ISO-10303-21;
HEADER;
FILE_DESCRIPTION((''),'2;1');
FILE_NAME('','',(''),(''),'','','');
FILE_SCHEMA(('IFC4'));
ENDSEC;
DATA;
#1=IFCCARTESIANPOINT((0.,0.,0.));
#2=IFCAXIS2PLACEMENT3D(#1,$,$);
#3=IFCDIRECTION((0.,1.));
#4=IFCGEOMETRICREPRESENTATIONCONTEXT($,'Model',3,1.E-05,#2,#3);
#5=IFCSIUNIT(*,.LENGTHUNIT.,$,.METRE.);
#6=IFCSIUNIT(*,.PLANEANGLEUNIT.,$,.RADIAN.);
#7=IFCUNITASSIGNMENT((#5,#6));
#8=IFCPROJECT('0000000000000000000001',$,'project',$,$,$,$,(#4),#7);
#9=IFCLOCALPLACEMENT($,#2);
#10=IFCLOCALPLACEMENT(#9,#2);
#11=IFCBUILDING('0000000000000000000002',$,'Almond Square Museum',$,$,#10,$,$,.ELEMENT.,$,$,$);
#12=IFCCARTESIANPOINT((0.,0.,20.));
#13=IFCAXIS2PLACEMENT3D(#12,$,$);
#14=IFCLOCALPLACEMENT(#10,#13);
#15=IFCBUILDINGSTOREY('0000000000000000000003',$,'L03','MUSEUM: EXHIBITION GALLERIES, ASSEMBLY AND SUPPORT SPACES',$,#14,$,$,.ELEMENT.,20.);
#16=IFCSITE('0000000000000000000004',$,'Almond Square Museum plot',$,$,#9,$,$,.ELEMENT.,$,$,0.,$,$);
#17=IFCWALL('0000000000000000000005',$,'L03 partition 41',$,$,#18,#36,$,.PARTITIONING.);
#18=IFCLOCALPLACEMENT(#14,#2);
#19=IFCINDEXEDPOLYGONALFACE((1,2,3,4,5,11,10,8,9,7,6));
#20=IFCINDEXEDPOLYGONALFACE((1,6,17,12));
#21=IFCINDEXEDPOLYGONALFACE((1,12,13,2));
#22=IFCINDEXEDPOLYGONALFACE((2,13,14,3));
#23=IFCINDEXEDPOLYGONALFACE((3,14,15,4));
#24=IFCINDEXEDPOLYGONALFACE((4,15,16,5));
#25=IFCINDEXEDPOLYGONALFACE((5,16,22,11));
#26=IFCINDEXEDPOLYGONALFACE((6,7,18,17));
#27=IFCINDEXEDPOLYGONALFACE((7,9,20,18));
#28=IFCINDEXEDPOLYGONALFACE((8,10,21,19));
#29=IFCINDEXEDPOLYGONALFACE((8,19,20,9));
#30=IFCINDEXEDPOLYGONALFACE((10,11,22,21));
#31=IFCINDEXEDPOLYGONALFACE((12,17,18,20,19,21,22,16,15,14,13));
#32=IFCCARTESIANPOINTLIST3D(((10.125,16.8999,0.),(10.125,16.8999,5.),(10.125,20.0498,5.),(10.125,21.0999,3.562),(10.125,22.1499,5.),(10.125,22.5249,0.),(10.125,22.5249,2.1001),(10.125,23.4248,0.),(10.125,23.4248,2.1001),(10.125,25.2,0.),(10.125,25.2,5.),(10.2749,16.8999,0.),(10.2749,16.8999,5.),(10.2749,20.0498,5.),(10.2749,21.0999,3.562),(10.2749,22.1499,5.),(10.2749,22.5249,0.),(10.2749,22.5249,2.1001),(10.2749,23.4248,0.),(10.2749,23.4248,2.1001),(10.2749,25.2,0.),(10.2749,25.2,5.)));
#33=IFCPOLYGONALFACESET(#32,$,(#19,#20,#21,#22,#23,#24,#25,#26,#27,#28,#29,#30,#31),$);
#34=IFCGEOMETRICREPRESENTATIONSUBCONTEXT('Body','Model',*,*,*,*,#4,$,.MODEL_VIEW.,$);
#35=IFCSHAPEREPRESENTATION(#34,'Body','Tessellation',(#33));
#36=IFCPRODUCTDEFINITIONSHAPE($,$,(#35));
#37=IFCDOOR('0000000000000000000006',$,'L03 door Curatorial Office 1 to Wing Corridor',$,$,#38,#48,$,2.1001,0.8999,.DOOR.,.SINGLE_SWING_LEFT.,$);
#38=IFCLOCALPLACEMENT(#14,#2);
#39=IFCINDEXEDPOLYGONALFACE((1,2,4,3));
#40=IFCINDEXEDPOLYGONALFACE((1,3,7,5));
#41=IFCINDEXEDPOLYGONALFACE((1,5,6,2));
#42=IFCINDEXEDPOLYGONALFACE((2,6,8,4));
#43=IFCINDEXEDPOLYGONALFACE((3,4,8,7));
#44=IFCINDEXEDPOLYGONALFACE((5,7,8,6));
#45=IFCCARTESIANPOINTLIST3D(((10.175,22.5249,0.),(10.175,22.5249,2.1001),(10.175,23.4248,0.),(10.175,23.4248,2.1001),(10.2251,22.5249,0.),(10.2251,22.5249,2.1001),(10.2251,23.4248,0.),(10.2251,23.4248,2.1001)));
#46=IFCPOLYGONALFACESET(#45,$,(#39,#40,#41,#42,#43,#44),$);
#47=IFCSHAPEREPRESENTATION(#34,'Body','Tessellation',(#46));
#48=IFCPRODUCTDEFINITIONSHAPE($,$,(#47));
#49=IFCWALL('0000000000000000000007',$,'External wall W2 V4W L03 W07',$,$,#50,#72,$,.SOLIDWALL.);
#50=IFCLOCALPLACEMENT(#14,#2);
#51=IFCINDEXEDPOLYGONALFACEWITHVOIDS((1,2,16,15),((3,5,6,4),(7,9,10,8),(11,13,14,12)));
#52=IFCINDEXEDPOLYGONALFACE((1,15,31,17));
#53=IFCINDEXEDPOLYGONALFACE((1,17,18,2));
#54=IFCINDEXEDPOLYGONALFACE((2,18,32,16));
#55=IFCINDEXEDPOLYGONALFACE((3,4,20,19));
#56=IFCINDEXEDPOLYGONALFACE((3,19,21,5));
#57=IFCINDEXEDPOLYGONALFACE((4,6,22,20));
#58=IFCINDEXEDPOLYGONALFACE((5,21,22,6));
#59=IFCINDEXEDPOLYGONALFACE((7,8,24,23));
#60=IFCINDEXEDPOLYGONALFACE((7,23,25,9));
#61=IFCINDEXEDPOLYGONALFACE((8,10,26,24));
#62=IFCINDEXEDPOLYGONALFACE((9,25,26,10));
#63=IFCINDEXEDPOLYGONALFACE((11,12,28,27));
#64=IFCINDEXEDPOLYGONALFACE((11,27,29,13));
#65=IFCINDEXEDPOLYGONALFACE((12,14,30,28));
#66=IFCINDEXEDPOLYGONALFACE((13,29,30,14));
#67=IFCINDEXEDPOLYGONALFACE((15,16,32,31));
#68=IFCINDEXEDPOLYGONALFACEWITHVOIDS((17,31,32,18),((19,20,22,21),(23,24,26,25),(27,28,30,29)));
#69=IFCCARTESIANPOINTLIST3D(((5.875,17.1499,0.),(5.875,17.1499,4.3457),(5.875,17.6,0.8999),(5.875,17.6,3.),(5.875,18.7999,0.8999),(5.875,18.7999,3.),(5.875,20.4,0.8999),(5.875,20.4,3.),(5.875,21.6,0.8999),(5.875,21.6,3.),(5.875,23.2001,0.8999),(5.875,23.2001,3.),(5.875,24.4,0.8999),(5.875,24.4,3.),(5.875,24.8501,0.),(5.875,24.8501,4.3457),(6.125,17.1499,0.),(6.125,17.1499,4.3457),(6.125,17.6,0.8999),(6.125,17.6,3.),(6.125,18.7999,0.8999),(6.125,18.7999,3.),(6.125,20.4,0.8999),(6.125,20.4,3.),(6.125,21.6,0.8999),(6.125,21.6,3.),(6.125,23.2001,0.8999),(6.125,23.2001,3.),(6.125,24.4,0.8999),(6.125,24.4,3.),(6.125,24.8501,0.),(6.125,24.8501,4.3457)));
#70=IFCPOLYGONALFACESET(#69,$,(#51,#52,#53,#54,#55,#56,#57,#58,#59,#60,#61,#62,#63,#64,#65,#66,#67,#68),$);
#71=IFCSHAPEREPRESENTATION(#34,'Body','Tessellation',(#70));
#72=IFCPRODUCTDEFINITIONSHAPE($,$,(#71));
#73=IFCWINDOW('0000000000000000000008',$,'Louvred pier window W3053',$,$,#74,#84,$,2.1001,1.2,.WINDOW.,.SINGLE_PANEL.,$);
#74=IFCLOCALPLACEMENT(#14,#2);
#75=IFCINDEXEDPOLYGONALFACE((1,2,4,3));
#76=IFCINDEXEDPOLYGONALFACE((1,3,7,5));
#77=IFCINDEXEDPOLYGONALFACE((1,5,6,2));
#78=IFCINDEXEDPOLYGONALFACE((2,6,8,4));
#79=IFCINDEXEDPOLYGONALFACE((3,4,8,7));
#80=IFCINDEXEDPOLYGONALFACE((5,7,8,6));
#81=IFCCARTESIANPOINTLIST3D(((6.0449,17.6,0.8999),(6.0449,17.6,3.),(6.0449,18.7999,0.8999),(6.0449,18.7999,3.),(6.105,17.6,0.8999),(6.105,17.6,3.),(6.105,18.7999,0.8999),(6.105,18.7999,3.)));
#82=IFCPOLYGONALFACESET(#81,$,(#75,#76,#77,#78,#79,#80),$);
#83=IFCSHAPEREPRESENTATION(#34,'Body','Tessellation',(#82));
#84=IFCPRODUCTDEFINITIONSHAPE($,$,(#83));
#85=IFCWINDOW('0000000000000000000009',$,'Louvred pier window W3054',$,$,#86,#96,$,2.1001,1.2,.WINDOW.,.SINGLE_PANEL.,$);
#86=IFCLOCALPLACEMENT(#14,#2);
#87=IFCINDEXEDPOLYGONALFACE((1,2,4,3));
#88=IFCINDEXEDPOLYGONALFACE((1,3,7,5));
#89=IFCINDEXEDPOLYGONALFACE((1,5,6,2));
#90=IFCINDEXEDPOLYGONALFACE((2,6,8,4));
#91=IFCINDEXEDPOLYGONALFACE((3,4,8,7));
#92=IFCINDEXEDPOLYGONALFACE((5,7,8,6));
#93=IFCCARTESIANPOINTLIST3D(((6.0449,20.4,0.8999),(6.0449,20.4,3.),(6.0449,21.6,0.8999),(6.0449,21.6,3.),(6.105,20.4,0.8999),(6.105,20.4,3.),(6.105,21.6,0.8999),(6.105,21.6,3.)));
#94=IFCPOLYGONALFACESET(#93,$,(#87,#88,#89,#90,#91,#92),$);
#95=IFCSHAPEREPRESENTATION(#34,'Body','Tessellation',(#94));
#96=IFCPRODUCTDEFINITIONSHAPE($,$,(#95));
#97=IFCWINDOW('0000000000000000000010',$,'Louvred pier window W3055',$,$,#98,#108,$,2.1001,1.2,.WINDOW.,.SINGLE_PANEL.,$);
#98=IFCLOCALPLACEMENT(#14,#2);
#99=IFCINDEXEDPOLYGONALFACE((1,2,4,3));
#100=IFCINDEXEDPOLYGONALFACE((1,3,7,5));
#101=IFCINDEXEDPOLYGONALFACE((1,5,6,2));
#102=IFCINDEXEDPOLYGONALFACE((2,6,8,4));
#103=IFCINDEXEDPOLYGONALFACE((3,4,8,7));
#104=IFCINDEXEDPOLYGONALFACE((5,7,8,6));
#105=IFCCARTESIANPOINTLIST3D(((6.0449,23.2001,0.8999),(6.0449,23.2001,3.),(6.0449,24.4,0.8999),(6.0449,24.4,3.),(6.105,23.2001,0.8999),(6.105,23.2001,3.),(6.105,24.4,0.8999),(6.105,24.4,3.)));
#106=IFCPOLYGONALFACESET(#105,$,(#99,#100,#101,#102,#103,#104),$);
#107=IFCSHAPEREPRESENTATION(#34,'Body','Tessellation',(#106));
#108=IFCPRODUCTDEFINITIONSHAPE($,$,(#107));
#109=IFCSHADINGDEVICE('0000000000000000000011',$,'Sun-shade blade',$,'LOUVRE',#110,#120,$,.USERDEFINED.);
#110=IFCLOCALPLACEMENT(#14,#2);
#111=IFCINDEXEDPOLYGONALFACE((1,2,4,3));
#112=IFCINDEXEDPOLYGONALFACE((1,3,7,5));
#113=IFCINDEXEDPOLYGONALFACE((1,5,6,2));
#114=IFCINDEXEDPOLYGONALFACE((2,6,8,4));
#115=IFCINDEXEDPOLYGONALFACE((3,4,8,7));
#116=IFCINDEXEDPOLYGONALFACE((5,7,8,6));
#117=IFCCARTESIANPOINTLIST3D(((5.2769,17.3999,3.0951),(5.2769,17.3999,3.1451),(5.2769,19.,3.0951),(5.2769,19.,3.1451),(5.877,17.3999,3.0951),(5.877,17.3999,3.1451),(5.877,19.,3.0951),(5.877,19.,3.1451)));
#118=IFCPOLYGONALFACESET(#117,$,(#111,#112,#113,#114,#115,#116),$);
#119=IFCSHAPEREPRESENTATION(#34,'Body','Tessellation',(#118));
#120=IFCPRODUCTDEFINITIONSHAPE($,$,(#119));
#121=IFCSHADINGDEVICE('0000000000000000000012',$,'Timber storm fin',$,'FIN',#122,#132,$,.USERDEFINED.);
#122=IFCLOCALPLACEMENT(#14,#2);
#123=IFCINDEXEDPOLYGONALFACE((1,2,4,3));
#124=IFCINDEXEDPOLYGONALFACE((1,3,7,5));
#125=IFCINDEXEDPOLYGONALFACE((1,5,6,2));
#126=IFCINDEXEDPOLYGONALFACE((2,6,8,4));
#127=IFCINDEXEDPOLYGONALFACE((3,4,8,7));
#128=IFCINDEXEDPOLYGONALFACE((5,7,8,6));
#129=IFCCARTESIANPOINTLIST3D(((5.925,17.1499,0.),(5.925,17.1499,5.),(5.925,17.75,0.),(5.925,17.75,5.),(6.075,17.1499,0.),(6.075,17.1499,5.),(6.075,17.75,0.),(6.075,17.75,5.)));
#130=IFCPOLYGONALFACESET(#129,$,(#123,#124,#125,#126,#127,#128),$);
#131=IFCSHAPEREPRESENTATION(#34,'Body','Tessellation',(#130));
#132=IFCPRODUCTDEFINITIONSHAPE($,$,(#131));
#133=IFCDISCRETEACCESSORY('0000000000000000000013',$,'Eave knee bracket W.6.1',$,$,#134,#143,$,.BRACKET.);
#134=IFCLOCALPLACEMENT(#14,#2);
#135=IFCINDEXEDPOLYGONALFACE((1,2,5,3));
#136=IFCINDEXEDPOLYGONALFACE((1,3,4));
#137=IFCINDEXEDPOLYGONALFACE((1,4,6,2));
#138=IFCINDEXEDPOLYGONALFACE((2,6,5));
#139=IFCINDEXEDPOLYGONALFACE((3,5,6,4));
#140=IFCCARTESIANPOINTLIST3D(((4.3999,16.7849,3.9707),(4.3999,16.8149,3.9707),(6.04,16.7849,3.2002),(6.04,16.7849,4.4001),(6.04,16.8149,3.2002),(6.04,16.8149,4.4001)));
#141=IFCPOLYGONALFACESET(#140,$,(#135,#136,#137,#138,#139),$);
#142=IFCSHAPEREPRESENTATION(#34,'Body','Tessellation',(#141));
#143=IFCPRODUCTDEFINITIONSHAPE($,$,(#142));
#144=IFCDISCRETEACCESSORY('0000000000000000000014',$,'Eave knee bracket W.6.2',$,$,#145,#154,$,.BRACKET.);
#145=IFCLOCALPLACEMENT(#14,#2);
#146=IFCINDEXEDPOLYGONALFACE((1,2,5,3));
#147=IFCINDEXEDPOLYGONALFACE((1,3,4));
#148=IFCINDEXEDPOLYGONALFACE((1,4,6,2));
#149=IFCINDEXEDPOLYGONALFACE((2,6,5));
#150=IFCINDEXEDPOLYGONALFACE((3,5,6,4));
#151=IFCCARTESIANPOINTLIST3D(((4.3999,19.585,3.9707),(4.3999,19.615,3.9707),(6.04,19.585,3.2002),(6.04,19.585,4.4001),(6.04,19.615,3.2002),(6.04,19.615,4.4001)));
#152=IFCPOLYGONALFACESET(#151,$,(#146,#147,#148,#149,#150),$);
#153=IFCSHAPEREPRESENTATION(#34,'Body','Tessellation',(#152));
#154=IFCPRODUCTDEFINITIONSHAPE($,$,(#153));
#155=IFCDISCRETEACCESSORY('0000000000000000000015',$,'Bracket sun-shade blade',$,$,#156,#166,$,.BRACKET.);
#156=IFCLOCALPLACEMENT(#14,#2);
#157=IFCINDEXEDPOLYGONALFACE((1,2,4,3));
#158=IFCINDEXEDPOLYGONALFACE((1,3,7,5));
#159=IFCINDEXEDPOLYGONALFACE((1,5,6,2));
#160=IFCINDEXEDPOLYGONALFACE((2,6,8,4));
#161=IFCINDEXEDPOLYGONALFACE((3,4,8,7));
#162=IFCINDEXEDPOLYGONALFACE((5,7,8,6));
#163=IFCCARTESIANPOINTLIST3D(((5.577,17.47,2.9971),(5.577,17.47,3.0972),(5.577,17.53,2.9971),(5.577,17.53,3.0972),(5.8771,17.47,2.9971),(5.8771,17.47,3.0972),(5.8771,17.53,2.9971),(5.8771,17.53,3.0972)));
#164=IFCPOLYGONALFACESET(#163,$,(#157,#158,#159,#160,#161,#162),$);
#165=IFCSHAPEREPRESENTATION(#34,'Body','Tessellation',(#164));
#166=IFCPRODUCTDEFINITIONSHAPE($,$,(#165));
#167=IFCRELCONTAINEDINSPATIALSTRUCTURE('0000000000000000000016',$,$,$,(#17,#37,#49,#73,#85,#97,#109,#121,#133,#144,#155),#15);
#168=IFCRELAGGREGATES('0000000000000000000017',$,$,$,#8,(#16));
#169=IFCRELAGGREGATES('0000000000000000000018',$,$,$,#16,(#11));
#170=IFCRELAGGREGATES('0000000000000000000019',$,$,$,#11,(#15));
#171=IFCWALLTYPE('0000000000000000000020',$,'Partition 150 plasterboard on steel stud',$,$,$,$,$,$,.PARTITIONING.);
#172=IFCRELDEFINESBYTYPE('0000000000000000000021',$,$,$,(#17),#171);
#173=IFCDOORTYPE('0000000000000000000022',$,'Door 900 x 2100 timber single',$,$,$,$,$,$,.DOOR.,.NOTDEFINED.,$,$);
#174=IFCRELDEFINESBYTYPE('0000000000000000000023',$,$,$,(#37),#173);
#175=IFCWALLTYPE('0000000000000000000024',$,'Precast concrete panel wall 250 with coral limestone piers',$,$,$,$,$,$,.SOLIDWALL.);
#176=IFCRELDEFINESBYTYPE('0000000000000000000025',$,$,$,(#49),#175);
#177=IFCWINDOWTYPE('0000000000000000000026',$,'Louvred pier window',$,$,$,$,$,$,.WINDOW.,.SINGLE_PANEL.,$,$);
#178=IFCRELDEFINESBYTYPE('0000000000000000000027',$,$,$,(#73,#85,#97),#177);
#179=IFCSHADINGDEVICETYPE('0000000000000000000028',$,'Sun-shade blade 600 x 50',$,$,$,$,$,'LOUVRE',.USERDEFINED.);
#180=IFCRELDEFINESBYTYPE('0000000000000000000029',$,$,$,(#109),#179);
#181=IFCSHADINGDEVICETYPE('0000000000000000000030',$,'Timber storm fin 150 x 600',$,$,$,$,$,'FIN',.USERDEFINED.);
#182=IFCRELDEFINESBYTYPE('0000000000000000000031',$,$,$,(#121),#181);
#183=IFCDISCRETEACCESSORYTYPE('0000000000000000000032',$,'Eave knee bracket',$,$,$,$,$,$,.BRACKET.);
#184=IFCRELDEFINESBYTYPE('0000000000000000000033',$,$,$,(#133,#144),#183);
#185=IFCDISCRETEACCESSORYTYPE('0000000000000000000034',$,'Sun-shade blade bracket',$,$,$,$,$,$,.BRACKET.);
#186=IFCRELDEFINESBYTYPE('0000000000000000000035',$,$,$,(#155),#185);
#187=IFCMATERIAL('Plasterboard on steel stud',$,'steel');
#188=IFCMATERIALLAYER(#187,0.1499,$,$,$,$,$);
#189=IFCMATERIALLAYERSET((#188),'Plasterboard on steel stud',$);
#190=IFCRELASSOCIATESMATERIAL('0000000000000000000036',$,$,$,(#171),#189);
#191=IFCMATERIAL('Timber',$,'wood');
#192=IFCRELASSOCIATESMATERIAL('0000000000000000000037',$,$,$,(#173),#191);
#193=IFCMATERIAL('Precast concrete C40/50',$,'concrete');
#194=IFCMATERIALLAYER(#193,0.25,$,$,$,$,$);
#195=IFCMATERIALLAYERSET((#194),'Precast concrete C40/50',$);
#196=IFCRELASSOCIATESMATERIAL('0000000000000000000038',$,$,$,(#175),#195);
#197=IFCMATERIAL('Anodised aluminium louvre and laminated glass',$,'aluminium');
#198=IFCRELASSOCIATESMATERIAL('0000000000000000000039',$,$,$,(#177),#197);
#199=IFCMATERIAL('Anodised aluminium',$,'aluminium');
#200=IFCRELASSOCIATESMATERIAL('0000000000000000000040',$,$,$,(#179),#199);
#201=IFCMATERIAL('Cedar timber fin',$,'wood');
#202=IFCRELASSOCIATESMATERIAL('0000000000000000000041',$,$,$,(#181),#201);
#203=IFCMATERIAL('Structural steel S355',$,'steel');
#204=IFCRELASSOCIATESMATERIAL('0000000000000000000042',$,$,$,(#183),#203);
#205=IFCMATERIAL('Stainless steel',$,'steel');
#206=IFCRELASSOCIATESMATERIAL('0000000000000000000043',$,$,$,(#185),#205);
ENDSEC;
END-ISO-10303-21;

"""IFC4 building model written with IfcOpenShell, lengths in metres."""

from ifc_helpers import new_model, si_unit, direction, frame, frame_2d, origin, origin_2d, place, context, subcontext, project, spatial, polyline, rectangle, outline, extrude, material, layer, layer_set, material_profile, profile_set, type_object, element, fill, save


model = new_model("IFC4")

# Units and contexts
model_context = context("Model", 3, precision=1e-05, world=origin(), true_north=direction((0.0, 1.0)))
body_context = subcontext(model_context, "Body", "Model", "MODEL_VIEW")
ifc_project = project(units=[si_unit("LENGTHUNIT", "METRE"), si_unit("PLANEANGLEUNIT", "RADIAN")], contexts=[model_context])

# Site, building, storey
site_placement = place(None, origin())
site = spatial("IfcSite", under=ifc_project, at=site_placement, Name="Almond Square Museum plot", CompositionType="ELEMENT", RefElevation=0.0)
building_placement = place(site_placement, origin())
building = spatial("IfcBuilding", under=site, at=building_placement, Name="Almond Square Museum", CompositionType="ELEMENT")
storey_placement = place(building_placement, frame((0.0, 0.0, 20.0)))
storey = spatial("IfcBuildingStorey", under=building, at=storey_placement, Name="L03", Description="MUSEUM: EXHIBITION GALLERIES, ASSEMBLY AND SUPPORT SPACES", CompositionType="ELEMENT", Elevation=20.0)

# Wall, opening, door
ifc_material_1 = material(Name="Plasterboard on steel stud", Category="steel")
ifc_layer_1 = layer(ifc_material_1, 0.1499)
ifc_layer_set_1 = layer_set([ifc_layer_1], Name="Plasterboard on steel stud")
wall_type_1 = type_object("IfcWallType", Name="Partition 150 plasterboard on steel stud", PredefinedType="PARTITIONING", material=ifc_layer_set_1)
wall_1_placement = place(storey_placement, frame((10.2, 16.8999, 0.0), z_axis=(0.0, 0.0, 1.0), x_axis=(0.0, 1.0, 0.0)))
wall_1 = element("IfcWall", 1, at=wall_1_placement, inside=storey, type_object=wall_type_1, Name="L03 partition 41", PredefinedType="PARTITIONING", context=body_context, shape_type="SweptSolid", body=[
    extrude(outline(polyline([(0.0, 0.0), (8.3, 0.0), (8.3, 5.0), (5.25, 5.0), (4.2, 3.562), (3.1499, 5.0), (0.0, 5.0), (0.0, 0.0)])), frame((0.0, 0.075, 0.0), z_axis=(0.0, -1.0, 0.0), x_axis=(1.0, 0.0, 0.0)), (0.0, 0.0, 1.0), 0.1499),
])
opening_1_placement = place(wall_1_placement, frame((5.625, 0.0, 0.0)))
opening_1 = element("IfcOpeningElement", 2, at=opening_1_placement, cuts=wall_1, PredefinedType="OPENING", context=body_context, shape_type="SweptSolid", body=[
    extrude(rectangle(XDim=0.8999, YDim=2.1001, at=frame_2d((0.45, 1.05))), frame((0.0, 0.085, 0.0), z_axis=(0.0, -1.0, 0.0), x_axis=(1.0, 0.0, 0.0)), (0.0, 0.0, 1.0), 0.1699),
])
ifc_material_2 = material(Name="Timber", Category="wood")
door_type_1 = type_object("IfcDoorType", Name="Door 900 x 2100 timber single", OperationType="NOTDEFINED", PredefinedType="DOOR", material=ifc_material_2)
door_1_placement = place(opening_1_placement, origin())
door_1 = element("IfcDoor", 3, at=door_1_placement, inside=storey, type_object=door_type_1, Name="L03 door Curatorial Office 1 to Wing Corridor", OperationType="SINGLE_SWING_LEFT", OverallHeight=2.1001, OverallWidth=0.8999, PredefinedType="DOOR", context=body_context, shape_type="SweptSolid", body=[
    extrude(rectangle(XDim=0.8999, YDim=2.1001, at=frame_2d((0.45, 1.05))), frame((0.0, 0.0249, 0.0), z_axis=(0.0, -1.0, 0.0), x_axis=(1.0, 0.0, 0.0)), (0.0, 0.0, 1.0), 0.05),
])
fill(opening_1, door_1)

# Wall, openings, windows
ifc_material_3 = material(Name="Precast concrete C40/50", Category="concrete")
ifc_layer_2 = layer(ifc_material_3, 0.25)
ifc_layer_set_2 = layer_set([ifc_layer_2], Name="Precast concrete C40/50")
wall_type_2 = type_object("IfcWallType", Name="Precast concrete panel wall 250 with coral limestone piers", PredefinedType="SOLIDWALL", material=ifc_layer_set_2)
wall_2_placement = place(storey_placement, frame((6.0, 17.1499, 0.0), z_axis=(0.0, 0.0, 1.0), x_axis=(0.0, 1.0, 0.0)))
wall_2 = element("IfcWall", 4, at=wall_2_placement, inside=storey, type_object=wall_type_2, Name="External wall W2 V4W L03 W07", PredefinedType="SOLIDWALL", context=body_context, shape_type="SweptSolid", body=[
    extrude(rectangle(XDim=7.7002, YDim=0.25, at=frame_2d((3.8501, 0.0))), origin(), (0.0, 0.0, 1.0), 4.3457),
])
opening_2_placement = place(wall_2_placement, frame((0.45, 0.0, 0.8999)))
opening_2 = element("IfcOpeningElement", 5, at=opening_2_placement, cuts=wall_2, PredefinedType="OPENING", context=body_context, shape_type="SweptSolid", body=[
    extrude(rectangle(XDim=1.2, YDim=2.1001, at=frame_2d((0.6001, 1.05))), frame((0.0, 0.135, 0.0), z_axis=(0.0, -1.0, 0.0), x_axis=(1.0, 0.0, 0.0)), (0.0, 0.0, 1.0), 0.27),
])
opening_3_placement = place(wall_2_placement, frame((3.25, 0.0, 0.8999)))
opening_3 = element("IfcOpeningElement", 6, at=opening_3_placement, cuts=wall_2, PredefinedType="OPENING", context=body_context, shape_type="SweptSolid", body=[
    extrude(rectangle(XDim=1.2, YDim=2.1001, at=frame_2d((0.6001, 1.05))), frame((0.0, 0.135, 0.0), z_axis=(0.0, -1.0, 0.0), x_axis=(1.0, 0.0, 0.0)), (0.0, 0.0, 1.0), 0.27),
])
opening_4_placement = place(wall_2_placement, frame((6.05, 0.0, 0.8999)))
opening_4 = element("IfcOpeningElement", 7, at=opening_4_placement, cuts=wall_2, PredefinedType="OPENING", context=body_context, shape_type="SweptSolid", body=[
    extrude(rectangle(XDim=1.2, YDim=2.1001, at=frame_2d((0.6001, 1.05))), frame((0.0, 0.135, 0.0), z_axis=(0.0, -1.0, 0.0), x_axis=(1.0, 0.0, 0.0)), (0.0, 0.0, 1.0), 0.27),
])
ifc_material_4 = material(Name="Anodised aluminium louvre and laminated glass", Category="aluminium")
window_type = type_object("IfcWindowType", Name="Louvred pier window", PartitioningType="SINGLE_PANEL", PredefinedType="WINDOW", material=ifc_material_4)
window_1_placement = place(opening_2_placement, origin())
window_1 = element("IfcWindow", 8, at=window_1_placement, inside=storey, type_object=window_type, Name="Louvred pier window W3053", OverallHeight=2.1001, OverallWidth=1.2, PartitioningType="SINGLE_PANEL", PredefinedType="WINDOW", context=body_context, shape_type="SweptSolid", body=[
    extrude(rectangle(XDim=1.2, YDim=2.1001, at=frame_2d((0.6001, 1.05))), frame((0.0, -0.0449, 0.0), z_axis=(0.0, -1.0, 0.0), x_axis=(1.0, 0.0, 0.0)), (0.0, 0.0, 1.0), 0.0601),
])
fill(opening_2, window_1)
window_2_placement = place(opening_3_placement, origin())
window_2 = element("IfcWindow", 9, at=window_2_placement, inside=storey, type_object=window_type, Name="Louvred pier window W3054", OverallHeight=2.1001, OverallWidth=1.2, PartitioningType="SINGLE_PANEL", PredefinedType="WINDOW", context=body_context, shape_type="SweptSolid", body=[
    extrude(rectangle(XDim=1.2, YDim=2.1001, at=frame_2d((0.6001, 1.05))), frame((0.0, -0.0449, 0.0), z_axis=(0.0, -1.0, 0.0), x_axis=(1.0, 0.0, 0.0)), (0.0, 0.0, 1.0), 0.0601),
])
fill(opening_3, window_2)
window_3_placement = place(opening_4_placement, origin())
window_3 = element("IfcWindow", 10, at=window_3_placement, inside=storey, type_object=window_type, Name="Louvred pier window W3055", OverallHeight=2.1001, OverallWidth=1.2, PartitioningType="SINGLE_PANEL", PredefinedType="WINDOW", context=body_context, shape_type="SweptSolid", body=[
    extrude(rectangle(XDim=1.2, YDim=2.1001, at=frame_2d((0.6001, 1.05))), frame((0.0, -0.0449, 0.0), z_axis=(0.0, -1.0, 0.0), x_axis=(1.0, 0.0, 0.0)), (0.0, 0.0, 1.0), 0.0601),
])
fill(opening_4, window_3)

# Shading devices
ifc_material_5 = material(Name="Anodised aluminium", Category="aluminium")
ifc_material_profile_1 = material_profile(ifc_material_5, rectangle(XDim=0.6001, YDim=0.05, at=origin_2d()))
ifc_profile_set_1 = profile_set([ifc_material_profile_1], Name="Anodised aluminium")
shading_device_type_1 = type_object("IfcShadingDeviceType", Name="Sun-shade blade 600 x 50", ElementType="LOUVRE", PredefinedType="USERDEFINED", material=ifc_profile_set_1)
shading_device_1_placement = place(storey_placement, frame((5.5769, 17.3999, 3.1201), z_axis=(0.0, 1.0, 0.0), x_axis=(-1.0, 0.0, 0.0)))
element("IfcShadingDevice", 11, at=shading_device_1_placement, inside=storey, type_object=shading_device_type_1, Name="Sun-shade blade", ObjectType="LOUVRE", PredefinedType="USERDEFINED", context=body_context, shape_type="SweptSolid", body=[
    extrude(rectangle(XDim=0.6001, YDim=0.05, at=origin_2d()), origin(), (0.0, 0.0, 1.0), 1.6001),
])
ifc_material_6 = material(Name="Cedar timber fin", Category="wood")
shading_device_type_2 = type_object("IfcShadingDeviceType", Name="Timber storm fin 150 x 600", ElementType="FIN", PredefinedType="USERDEFINED", material=ifc_material_6)
shading_device_2_placement = place(storey_placement, frame((6.0, 17.45, 0.0), z_axis=(0.0, 0.0, 1.0), x_axis=(1.0, 0.0, 0.0)))
element("IfcShadingDevice", 12, at=shading_device_2_placement, inside=storey, type_object=shading_device_type_2, Name="Timber storm fin", ObjectType="FIN", PredefinedType="USERDEFINED", context=body_context, shape_type="SweptSolid", body=[
    extrude(rectangle(XDim=0.1499, YDim=0.6001, at=origin_2d()), origin(), (0.0, 0.0, 1.0), 5.0),
])

# Discrete accessories
ifc_material_7 = material(Name="Structural steel S355", Category="steel")
discrete_accessory_type_1 = type_object("IfcDiscreteAccessoryType", Name="Eave knee bracket", PredefinedType="BRACKET", material=ifc_material_7)
for number, where, z_axis, x_axis, name in (
    (13, (6.04, 16.8, 4.4001), (0.0, 1.0, 0.0), (0.0, 0.0, -1.0), "Eave knee bracket W.6.1"),
    (14, (6.04, 19.6001, 4.4001), (0.0, 1.0, 0.0), (0.0, 0.0, -1.0), "Eave knee bracket W.6.2"),
):
    element("IfcDiscreteAccessory", number, at=place(storey_placement, frame(where, z_axis=z_axis, x_axis=x_axis)), inside=storey, type_object=discrete_accessory_type_1, Name=name, PredefinedType="BRACKET", context=body_context, shape_type="SweptSolid", body=[
        extrude(outline(polyline([(0.0, 0.0), (1.2, 0.0), (0.4294, 1.6401), (0.0, 0.0)])), frame((0.0, 0.0, -0.0151)), (0.0, 0.0, 1.0), 0.03),
    ])
ifc_material_8 = material(Name="Stainless steel", Category="steel")
discrete_accessory_type_2 = type_object("IfcDiscreteAccessoryType", Name="Sun-shade blade bracket", PredefinedType="BRACKET", material=ifc_material_8)
for number, where, z_axis, x_axis, name in (
    (15, (5.7271, 17.5, 2.9971), (0.0, 0.0, 1.0), (1.0, 0.0, 0.0), "Bracket sun-shade blade"),
):
    element("IfcDiscreteAccessory", number, at=place(storey_placement, frame(where, z_axis=z_axis, x_axis=x_axis)), inside=storey, type_object=discrete_accessory_type_2, Name=name, PredefinedType="BRACKET", context=body_context, shape_type="SweptSolid", body=[
        extrude(rectangle(XDim=0.3, YDim=0.0601, at=origin_2d()), origin(), (0.0, 0.0, 1.0), 0.1001),
    ])

save(model, "model.ifc")
